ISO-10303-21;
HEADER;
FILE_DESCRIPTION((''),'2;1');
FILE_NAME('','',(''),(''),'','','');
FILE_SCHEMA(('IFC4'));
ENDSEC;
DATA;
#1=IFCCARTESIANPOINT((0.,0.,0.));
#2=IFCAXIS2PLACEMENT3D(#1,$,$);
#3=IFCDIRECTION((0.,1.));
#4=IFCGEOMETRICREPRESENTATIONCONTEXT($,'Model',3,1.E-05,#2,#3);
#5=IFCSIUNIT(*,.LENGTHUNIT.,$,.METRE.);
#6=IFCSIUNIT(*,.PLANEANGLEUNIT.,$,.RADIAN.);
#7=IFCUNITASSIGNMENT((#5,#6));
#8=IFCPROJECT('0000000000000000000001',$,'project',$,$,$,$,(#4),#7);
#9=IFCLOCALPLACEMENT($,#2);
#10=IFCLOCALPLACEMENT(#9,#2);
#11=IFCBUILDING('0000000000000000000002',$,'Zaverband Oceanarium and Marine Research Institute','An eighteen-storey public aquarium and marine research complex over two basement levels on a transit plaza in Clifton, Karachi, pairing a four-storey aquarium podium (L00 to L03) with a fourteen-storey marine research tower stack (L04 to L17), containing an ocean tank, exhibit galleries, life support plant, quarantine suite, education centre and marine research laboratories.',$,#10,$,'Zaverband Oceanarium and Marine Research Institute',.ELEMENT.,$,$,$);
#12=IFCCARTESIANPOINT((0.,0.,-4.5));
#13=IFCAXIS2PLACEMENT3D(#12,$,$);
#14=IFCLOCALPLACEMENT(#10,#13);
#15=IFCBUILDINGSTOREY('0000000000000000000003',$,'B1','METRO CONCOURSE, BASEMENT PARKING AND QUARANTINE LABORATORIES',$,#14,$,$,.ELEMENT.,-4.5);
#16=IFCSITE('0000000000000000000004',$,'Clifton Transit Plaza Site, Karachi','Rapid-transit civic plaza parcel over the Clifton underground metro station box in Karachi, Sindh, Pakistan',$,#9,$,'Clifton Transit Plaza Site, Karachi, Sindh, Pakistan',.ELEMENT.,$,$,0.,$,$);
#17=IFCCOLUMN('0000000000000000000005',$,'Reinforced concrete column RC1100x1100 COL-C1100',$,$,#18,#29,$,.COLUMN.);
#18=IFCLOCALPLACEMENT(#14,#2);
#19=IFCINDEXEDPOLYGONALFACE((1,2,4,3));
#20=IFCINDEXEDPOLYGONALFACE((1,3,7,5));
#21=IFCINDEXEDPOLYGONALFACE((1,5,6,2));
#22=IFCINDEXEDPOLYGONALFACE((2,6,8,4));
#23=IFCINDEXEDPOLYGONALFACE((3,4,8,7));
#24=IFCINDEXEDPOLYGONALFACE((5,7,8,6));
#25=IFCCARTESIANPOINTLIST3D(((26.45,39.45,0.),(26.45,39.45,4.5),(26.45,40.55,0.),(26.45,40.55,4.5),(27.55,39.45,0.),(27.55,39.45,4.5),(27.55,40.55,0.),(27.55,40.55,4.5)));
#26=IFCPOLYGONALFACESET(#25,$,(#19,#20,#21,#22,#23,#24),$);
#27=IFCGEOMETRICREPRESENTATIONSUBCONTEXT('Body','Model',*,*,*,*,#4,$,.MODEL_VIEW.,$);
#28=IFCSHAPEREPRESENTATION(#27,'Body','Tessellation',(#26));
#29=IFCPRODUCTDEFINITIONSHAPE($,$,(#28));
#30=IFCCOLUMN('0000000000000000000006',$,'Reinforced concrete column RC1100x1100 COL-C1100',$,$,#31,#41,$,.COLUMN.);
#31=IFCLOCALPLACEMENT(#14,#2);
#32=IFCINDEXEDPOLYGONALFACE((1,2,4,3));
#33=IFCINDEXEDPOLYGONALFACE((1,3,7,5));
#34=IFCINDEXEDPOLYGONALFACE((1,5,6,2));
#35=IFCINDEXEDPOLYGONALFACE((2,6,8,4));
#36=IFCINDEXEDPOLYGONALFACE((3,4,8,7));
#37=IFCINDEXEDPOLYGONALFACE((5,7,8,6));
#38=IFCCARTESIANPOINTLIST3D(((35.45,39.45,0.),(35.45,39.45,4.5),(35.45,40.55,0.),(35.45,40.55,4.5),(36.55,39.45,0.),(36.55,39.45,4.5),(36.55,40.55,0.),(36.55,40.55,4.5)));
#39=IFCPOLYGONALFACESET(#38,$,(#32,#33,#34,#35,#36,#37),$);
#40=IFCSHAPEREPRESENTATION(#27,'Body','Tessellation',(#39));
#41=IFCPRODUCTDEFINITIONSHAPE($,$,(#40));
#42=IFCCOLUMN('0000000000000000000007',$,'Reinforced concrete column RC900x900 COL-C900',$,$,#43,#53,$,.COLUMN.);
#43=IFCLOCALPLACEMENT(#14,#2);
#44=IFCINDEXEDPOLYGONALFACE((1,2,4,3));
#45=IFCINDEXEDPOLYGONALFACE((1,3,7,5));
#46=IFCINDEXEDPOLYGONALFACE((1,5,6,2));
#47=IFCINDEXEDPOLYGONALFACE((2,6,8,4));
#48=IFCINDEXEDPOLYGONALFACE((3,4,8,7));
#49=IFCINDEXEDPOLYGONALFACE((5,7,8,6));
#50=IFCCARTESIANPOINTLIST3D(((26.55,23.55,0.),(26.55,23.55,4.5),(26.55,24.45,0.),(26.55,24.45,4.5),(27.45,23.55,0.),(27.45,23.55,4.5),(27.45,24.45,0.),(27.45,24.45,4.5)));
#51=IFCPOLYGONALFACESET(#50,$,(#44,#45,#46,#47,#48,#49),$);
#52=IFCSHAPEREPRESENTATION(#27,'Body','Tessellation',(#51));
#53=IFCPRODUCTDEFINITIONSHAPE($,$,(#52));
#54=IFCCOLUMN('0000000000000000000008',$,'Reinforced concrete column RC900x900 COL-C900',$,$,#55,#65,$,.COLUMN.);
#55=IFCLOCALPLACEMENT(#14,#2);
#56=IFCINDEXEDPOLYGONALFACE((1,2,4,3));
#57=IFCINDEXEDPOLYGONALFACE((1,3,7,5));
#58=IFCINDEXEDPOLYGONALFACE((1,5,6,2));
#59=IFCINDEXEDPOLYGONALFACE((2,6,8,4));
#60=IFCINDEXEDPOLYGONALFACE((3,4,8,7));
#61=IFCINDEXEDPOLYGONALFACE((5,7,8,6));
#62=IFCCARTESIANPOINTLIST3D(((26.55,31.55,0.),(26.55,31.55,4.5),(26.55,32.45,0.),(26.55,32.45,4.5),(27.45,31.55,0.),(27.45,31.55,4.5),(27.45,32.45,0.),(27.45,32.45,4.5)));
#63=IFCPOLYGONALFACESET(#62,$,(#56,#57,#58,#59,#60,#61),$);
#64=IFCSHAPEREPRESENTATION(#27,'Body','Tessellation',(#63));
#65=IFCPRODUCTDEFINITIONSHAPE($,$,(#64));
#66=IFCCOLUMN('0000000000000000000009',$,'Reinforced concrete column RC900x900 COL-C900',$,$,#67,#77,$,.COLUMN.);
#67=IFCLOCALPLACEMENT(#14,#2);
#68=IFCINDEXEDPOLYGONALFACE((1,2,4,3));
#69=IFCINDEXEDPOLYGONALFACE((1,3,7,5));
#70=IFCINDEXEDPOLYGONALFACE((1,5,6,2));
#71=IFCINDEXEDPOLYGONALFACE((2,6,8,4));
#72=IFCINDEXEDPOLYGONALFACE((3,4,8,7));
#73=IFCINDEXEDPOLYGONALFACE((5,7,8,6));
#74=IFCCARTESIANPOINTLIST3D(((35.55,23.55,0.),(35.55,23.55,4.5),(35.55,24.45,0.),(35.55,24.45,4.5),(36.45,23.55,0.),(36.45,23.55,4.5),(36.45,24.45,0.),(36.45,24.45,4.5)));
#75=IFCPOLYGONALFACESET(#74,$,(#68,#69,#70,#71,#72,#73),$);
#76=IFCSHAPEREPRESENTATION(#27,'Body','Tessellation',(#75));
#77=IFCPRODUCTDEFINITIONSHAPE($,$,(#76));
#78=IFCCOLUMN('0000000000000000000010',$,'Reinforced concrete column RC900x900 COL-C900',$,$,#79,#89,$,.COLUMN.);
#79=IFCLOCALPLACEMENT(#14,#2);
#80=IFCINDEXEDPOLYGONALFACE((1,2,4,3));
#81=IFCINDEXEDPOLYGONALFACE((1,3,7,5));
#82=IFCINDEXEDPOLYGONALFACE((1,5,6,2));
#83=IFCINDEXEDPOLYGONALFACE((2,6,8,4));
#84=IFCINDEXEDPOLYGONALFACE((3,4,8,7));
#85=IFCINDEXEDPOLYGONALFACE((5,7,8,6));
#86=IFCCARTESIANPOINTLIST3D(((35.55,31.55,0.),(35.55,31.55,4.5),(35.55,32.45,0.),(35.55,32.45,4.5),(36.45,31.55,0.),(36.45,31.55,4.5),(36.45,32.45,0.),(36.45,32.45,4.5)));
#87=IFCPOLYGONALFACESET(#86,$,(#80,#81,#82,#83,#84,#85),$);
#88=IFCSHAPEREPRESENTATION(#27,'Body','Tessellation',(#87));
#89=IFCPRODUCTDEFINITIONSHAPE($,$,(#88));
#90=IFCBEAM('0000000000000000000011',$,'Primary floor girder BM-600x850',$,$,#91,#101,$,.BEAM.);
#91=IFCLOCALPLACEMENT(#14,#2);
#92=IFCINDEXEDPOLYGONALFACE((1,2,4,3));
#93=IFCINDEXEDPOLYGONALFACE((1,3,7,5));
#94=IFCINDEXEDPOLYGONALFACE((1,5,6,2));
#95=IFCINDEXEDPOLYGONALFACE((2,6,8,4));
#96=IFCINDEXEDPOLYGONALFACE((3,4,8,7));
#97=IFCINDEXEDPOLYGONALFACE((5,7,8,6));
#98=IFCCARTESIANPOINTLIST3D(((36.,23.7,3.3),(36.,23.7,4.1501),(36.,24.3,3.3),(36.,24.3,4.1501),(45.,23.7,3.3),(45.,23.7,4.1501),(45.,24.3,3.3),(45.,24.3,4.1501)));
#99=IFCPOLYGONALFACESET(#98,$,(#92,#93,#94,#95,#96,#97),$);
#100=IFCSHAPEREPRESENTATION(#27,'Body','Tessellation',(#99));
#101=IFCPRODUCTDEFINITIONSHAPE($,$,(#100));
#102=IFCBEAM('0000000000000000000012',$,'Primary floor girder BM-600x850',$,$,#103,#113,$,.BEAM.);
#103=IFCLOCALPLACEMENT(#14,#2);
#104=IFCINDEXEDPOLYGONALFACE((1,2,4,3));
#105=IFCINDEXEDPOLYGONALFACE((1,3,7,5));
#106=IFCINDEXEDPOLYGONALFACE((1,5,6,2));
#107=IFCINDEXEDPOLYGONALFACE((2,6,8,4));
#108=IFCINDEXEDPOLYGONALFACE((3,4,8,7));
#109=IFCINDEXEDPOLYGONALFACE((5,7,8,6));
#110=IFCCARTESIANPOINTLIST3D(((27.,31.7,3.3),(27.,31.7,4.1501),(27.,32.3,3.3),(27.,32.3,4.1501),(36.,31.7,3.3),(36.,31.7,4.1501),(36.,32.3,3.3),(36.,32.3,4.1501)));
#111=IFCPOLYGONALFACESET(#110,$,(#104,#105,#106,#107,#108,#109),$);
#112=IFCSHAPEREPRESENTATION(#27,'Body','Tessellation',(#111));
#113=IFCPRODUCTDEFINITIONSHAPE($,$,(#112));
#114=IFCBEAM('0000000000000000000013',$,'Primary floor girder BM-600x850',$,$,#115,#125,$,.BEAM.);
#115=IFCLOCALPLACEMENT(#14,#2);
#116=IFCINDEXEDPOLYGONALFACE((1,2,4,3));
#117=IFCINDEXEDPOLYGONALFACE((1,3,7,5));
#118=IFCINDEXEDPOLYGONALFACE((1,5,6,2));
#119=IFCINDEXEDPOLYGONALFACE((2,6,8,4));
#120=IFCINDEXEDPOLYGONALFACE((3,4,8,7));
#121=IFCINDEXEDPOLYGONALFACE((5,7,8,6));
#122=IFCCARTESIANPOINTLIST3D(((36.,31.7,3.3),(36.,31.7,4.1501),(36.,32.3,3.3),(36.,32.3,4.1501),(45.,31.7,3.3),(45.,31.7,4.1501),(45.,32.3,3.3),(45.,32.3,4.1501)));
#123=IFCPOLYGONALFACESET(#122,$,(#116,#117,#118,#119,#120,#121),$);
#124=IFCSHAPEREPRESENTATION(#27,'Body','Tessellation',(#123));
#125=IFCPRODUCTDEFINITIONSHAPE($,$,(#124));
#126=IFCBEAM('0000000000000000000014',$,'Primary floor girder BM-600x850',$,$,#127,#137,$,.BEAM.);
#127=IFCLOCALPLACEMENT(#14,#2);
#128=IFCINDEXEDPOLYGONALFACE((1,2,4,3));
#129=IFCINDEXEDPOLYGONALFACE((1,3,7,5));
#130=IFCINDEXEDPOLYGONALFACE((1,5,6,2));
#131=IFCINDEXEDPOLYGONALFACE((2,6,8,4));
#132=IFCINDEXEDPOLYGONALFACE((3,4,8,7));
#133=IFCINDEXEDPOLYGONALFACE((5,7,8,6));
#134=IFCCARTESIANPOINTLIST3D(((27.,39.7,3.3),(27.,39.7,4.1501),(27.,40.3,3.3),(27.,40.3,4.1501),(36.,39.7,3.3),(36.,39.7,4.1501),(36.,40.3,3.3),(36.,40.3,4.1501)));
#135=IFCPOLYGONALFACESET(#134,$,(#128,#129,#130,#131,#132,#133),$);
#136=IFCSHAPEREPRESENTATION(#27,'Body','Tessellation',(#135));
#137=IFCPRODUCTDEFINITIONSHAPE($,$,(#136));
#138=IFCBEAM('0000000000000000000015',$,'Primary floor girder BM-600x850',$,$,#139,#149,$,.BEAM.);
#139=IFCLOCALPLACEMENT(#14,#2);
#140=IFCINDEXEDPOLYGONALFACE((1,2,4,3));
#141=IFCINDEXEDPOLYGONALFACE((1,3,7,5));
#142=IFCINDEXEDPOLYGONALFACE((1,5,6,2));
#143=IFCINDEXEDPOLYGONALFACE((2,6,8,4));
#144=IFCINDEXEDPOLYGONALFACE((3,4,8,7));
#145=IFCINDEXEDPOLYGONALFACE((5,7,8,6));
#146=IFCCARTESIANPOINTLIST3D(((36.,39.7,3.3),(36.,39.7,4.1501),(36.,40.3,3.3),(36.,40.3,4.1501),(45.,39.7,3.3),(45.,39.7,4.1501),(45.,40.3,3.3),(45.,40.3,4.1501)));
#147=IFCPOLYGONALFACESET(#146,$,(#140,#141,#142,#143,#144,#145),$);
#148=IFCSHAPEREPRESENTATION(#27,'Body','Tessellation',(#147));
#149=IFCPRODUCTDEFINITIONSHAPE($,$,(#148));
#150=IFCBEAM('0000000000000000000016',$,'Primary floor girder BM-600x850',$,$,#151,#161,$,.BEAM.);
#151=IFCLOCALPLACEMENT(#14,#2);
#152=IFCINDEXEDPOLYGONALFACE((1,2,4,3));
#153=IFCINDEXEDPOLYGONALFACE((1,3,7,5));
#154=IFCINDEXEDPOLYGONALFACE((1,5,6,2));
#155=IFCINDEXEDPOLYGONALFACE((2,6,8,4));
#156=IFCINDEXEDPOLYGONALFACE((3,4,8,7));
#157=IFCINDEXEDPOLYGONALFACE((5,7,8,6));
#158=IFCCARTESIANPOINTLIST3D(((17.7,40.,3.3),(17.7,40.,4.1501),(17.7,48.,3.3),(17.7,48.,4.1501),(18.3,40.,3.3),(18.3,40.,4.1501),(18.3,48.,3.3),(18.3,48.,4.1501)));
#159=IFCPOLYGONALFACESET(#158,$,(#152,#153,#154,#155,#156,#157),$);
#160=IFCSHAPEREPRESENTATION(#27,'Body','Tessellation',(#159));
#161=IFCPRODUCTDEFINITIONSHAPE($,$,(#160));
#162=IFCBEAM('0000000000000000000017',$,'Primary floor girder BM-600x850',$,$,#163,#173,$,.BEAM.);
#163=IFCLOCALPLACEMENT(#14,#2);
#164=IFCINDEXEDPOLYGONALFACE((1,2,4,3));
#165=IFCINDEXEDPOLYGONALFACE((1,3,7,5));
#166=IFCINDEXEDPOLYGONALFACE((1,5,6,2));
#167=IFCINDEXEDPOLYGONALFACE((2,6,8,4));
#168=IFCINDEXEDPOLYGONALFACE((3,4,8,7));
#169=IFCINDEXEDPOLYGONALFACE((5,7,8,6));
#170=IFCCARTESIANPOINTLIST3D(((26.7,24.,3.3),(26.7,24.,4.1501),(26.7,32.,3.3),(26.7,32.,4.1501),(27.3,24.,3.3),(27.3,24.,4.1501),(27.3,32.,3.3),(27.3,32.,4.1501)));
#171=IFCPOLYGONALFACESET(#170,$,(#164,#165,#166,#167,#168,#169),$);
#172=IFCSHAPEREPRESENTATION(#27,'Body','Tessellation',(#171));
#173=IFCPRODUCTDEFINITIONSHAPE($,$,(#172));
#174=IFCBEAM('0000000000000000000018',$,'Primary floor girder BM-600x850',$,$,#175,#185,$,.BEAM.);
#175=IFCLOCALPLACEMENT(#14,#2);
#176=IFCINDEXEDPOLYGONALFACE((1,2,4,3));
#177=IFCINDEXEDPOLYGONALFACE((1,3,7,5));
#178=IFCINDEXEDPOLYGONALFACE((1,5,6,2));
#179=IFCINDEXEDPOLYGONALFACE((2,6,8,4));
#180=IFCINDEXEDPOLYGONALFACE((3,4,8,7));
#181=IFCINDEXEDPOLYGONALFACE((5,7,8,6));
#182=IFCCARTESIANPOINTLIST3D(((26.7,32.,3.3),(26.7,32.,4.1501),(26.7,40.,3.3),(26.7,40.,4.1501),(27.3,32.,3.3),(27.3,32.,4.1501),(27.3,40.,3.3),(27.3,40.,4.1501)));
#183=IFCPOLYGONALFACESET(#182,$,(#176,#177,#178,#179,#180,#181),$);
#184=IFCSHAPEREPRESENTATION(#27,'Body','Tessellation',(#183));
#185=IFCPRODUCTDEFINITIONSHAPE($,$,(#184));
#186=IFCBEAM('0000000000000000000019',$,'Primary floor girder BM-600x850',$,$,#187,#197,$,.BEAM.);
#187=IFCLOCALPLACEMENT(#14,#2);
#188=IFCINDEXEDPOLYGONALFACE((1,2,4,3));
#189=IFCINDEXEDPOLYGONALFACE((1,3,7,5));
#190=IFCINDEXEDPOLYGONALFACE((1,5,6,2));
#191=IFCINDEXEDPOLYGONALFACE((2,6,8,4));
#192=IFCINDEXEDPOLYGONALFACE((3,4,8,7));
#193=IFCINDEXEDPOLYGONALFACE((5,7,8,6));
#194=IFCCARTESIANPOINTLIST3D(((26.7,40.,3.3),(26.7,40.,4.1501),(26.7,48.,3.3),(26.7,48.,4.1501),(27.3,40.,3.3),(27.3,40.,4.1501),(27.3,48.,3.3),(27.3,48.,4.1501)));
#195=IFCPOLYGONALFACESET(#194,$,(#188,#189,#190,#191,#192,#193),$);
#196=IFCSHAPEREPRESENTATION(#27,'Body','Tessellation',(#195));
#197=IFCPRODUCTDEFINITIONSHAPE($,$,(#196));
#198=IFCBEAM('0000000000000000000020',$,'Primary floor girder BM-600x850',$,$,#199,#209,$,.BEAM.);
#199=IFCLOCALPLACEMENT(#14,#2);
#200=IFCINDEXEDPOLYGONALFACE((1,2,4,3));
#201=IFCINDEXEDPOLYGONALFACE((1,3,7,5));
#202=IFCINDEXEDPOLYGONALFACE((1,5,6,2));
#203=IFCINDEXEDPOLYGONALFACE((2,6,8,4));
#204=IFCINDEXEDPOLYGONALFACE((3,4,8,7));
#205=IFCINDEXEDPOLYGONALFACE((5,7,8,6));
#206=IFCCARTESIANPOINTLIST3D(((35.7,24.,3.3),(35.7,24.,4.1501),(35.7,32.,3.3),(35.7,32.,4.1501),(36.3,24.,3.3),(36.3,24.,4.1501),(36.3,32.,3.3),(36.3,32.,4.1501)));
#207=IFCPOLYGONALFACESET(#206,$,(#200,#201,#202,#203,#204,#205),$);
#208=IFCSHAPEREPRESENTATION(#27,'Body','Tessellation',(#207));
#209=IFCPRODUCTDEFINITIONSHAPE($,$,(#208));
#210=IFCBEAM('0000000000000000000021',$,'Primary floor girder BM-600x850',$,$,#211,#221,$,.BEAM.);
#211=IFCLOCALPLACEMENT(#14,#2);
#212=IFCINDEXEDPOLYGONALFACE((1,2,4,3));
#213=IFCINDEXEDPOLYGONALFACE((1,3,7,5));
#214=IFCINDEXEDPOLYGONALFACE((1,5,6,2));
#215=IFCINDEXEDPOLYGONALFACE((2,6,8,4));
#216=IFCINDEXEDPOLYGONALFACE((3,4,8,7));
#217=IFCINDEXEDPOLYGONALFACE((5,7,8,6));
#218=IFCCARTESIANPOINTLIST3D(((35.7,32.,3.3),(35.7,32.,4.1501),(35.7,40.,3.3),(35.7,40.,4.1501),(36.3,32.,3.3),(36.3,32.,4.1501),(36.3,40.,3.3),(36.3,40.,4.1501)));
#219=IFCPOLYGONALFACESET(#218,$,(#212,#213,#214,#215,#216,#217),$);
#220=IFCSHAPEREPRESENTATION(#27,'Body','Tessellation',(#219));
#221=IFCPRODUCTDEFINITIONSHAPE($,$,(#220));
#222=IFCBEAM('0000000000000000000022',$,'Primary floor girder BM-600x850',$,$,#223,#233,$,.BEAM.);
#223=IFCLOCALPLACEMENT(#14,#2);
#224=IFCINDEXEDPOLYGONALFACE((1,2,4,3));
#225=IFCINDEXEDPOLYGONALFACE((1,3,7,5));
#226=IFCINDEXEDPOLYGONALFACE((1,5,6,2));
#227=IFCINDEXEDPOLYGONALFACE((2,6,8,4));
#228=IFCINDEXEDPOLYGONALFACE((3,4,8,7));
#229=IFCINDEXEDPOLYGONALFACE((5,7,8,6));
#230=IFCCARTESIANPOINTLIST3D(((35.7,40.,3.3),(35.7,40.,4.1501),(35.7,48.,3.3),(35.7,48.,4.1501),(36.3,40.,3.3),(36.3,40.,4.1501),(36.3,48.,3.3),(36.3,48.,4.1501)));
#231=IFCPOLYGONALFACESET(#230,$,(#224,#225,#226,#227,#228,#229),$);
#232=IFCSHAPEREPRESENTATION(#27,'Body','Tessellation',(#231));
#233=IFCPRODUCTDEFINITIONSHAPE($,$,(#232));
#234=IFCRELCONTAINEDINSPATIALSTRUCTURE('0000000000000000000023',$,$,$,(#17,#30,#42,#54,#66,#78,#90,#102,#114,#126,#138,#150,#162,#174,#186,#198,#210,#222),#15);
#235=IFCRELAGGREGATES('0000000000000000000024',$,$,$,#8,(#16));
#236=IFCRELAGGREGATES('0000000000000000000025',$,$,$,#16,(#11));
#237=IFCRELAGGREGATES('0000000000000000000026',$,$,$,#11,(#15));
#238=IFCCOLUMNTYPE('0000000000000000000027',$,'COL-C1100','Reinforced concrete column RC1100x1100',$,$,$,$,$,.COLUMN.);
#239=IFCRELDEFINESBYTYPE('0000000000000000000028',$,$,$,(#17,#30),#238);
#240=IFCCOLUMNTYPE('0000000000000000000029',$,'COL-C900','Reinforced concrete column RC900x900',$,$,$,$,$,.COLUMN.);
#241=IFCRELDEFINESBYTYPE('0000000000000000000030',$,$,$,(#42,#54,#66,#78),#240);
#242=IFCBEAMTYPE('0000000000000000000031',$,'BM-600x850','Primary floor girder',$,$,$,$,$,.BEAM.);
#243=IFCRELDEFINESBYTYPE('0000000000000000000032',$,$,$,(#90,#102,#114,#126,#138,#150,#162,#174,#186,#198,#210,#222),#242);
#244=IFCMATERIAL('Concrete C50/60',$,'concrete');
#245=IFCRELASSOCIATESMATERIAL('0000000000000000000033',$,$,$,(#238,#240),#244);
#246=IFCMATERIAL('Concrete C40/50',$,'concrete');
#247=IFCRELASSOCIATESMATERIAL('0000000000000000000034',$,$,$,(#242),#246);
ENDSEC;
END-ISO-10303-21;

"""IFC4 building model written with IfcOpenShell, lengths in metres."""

from ifc_helpers import new_model, si_unit, direction, frame, origin, origin_2d, place, context, subcontext, project, spatial, rectangle, extrude, material, material_profile, profile_set, type_object, element, save


model = new_model("IFC4")

# Units and contexts
model_context = context("Model", 3, precision=1e-05, world=origin(), true_north=direction((0.0, 1.0)))
body_context = subcontext(model_context, "Body", "Model", "MODEL_VIEW")
ifc_project = project(units=[si_unit("LENGTHUNIT", "METRE"), si_unit("PLANEANGLEUNIT", "RADIAN")], contexts=[model_context])

# Site, building, storey
site_placement = place(None, origin())
site = spatial("IfcSite", under=ifc_project, at=site_placement, Name="Clifton Transit Plaza Site, Karachi", Description="Rapid-transit civic plaza parcel over the Clifton underground metro station box in Karachi, Sindh, Pakistan", LongName="Clifton Transit Plaza Site, Karachi, Sindh, Pakistan", CompositionType="ELEMENT", RefElevation=0.0)
building_placement = place(site_placement, origin())
building = spatial("IfcBuilding", under=site, at=building_placement, Name="Zaverband Oceanarium and Marine Research Institute", Description="An eighteen-storey public aquarium and marine research complex over two basement levels on a transit plaza in Clifton, Karachi, pairing a four-storey aquarium podium (L00 to L03) with a fourteen-storey marine research tower stack (L04 to L17), containing an ocean tank, exhibit galleries, life support plant, quarantine suite, education centre and marine research laboratories.", LongName="Zaverband Oceanarium and Marine Research Institute", CompositionType="ELEMENT")
storey_placement = place(building_placement, frame((0.0, 0.0, -4.5)))
storey = spatial("IfcBuildingStorey", under=building, at=storey_placement, Name="B1", Description="METRO CONCOURSE, BASEMENT PARKING AND QUARANTINE LABORATORIES", CompositionType="ELEMENT", Elevation=-4.5)

# Columns
ifc_material_1 = material(Name="Concrete C50/60", Category="concrete")
ifc_material_profile_1 = material_profile(ifc_material_1, rectangle(XDim=1.1001, YDim=1.1001, at=origin_2d()), Name="RC1100x1100")
ifc_profile_set_1 = profile_set([ifc_material_profile_1], Name="Concrete C50/60")
column_type_1 = type_object("IfcColumnType", Name="COL-C1100", Description="Reinforced concrete column RC1100x1100", PredefinedType="COLUMN", material=ifc_profile_set_1)
for number, where, z_axis, x_axis, name in (
    (1, (27.0, 40.0, 0.0), (0.0, 0.0, 1.0), (1.0, 0.0, 0.0), "Reinforced concrete column RC1100x1100 COL-C1100"),
    (2, (36.0, 40.0, 0.0), (0.0, 0.0, 1.0), (1.0, 0.0, 0.0), "Reinforced concrete column RC1100x1100 COL-C1100"),
):
    element("IfcColumn", number, at=place(storey_placement, frame(where, z_axis=z_axis, x_axis=x_axis)), inside=storey, type_object=column_type_1, Name=name, PredefinedType="COLUMN", context=body_context, shape_type="SweptSolid", body=[
        extrude(rectangle(XDim=1.1001, YDim=1.1001, at=origin_2d()), origin(), (0.0, 0.0, 1.0), 4.5),
    ])
ifc_material_profile_2 = material_profile(ifc_material_1, rectangle(XDim=0.8999, YDim=0.8999, at=origin_2d()), Name="RC900x900")
ifc_profile_set_2 = profile_set([ifc_material_profile_2], Name="Concrete C50/60")
column_type_2 = type_object("IfcColumnType", Name="COL-C900", Description="Reinforced concrete column RC900x900", PredefinedType="COLUMN", material=ifc_profile_set_2)
for number, where, z_axis, x_axis, name in (
    (3, (27.0, 24.0, 0.0), (0.0, 0.0, 1.0), (1.0, 0.0, 0.0), "Reinforced concrete column RC900x900 COL-C900"),
    (4, (27.0, 32.0, 0.0), (0.0, 0.0, 1.0), (1.0, 0.0, 0.0), "Reinforced concrete column RC900x900 COL-C900"),
    (5, (36.0, 24.0, 0.0), (0.0, 0.0, 1.0), (1.0, 0.0, 0.0), "Reinforced concrete column RC900x900 COL-C900"),
    (6, (36.0, 32.0, 0.0), (0.0, 0.0, 1.0), (1.0, 0.0, 0.0), "Reinforced concrete column RC900x900 COL-C900"),
):
    element("IfcColumn", number, at=place(storey_placement, frame(where, z_axis=z_axis, x_axis=x_axis)), inside=storey, type_object=column_type_2, Name=name, PredefinedType="COLUMN", context=body_context, shape_type="SweptSolid", body=[
        extrude(rectangle(XDim=0.8999, YDim=0.8999, at=origin_2d()), origin(), (0.0, 0.0, 1.0), 4.5),
    ])

# Beams
ifc_material_2 = material(Name="Concrete C40/50", Category="concrete")
ifc_material_profile_3 = material_profile(ifc_material_2, rectangle(XDim=0.6001, YDim=0.8501, at=origin_2d()), Name="RC600x850")
ifc_profile_set_3 = profile_set([ifc_material_profile_3], Name="Concrete C40/50")
beam_type_1 = type_object("IfcBeamType", Name="BM-600x850", Description="Primary floor girder", PredefinedType="BEAM", material=ifc_profile_set_3)
for number, where, z_axis, x_axis, name in (
    (7, (36.0, 24.0, 3.7251), (1.0, 0.0, 0.0), (0.0, 1.0, 0.0), "Primary floor girder BM-600x850"),
    (8, (27.0, 32.0, 3.7251), (1.0, 0.0, 0.0), (0.0, 1.0, 0.0), "Primary floor girder BM-600x850"),
    (9, (36.0, 32.0, 3.7251), (1.0, 0.0, 0.0), (0.0, 1.0, 0.0), "Primary floor girder BM-600x850"),
    (10, (27.0, 40.0, 3.7251), (1.0, 0.0, 0.0), (0.0, 1.0, 0.0), "Primary floor girder BM-600x850"),
    (11, (36.0, 40.0, 3.7251), (1.0, 0.0, 0.0), (0.0, 1.0, 0.0), "Primary floor girder BM-600x850"),
):
    element("IfcBeam", number, at=place(storey_placement, frame(where, z_axis=z_axis, x_axis=x_axis)), inside=storey, type_object=beam_type_1, Name=name, PredefinedType="BEAM", context=body_context, shape_type="SweptSolid", body=[
        extrude(rectangle(XDim=0.6001, YDim=0.8501, at=origin_2d()), origin(), (0.0, 0.0, 1.0), 9.0),
    ])
for number, where, z_axis, x_axis, name in (
    (12, (18.0, 40.0, 3.7251), (0.0, 1.0, 0.0), (-1.0, 0.0, 0.0), "Primary floor girder BM-600x850"),
    (13, (27.0, 24.0, 3.7251), (0.0, 1.0, 0.0), (-1.0, 0.0, 0.0), "Primary floor girder BM-600x850"),
    (14, (27.0, 32.0, 3.7251), (0.0, 1.0, 0.0), (-1.0, 0.0, 0.0), "Primary floor girder BM-600x850"),
    (15, (27.0, 40.0, 3.7251), (0.0, 1.0, 0.0), (-1.0, 0.0, 0.0), "Primary floor girder BM-600x850"),
    (16, (36.0, 24.0, 3.7251), (0.0, 1.0, 0.0), (-1.0, 0.0, 0.0), "Primary floor girder BM-600x850"),
    (17, (36.0, 32.0, 3.7251), (0.0, 1.0, 0.0), (-1.0, 0.0, 0.0), "Primary floor girder BM-600x850"),
    (18, (36.0, 40.0, 3.7251), (0.0, 1.0, 0.0), (-1.0, 0.0, 0.0), "Primary floor girder BM-600x850"),
):
    element("IfcBeam", number, at=place(storey_placement, frame(where, z_axis=z_axis, x_axis=x_axis)), inside=storey, type_object=beam_type_1, Name=name, PredefinedType="BEAM", context=body_context, shape_type="SweptSolid", body=[
        extrude(rectangle(XDim=0.6001, YDim=0.8501, at=origin_2d()), origin(), (0.0, 0.0, 1.0), 8.0),
    ])

save(model, "model.ifc")
